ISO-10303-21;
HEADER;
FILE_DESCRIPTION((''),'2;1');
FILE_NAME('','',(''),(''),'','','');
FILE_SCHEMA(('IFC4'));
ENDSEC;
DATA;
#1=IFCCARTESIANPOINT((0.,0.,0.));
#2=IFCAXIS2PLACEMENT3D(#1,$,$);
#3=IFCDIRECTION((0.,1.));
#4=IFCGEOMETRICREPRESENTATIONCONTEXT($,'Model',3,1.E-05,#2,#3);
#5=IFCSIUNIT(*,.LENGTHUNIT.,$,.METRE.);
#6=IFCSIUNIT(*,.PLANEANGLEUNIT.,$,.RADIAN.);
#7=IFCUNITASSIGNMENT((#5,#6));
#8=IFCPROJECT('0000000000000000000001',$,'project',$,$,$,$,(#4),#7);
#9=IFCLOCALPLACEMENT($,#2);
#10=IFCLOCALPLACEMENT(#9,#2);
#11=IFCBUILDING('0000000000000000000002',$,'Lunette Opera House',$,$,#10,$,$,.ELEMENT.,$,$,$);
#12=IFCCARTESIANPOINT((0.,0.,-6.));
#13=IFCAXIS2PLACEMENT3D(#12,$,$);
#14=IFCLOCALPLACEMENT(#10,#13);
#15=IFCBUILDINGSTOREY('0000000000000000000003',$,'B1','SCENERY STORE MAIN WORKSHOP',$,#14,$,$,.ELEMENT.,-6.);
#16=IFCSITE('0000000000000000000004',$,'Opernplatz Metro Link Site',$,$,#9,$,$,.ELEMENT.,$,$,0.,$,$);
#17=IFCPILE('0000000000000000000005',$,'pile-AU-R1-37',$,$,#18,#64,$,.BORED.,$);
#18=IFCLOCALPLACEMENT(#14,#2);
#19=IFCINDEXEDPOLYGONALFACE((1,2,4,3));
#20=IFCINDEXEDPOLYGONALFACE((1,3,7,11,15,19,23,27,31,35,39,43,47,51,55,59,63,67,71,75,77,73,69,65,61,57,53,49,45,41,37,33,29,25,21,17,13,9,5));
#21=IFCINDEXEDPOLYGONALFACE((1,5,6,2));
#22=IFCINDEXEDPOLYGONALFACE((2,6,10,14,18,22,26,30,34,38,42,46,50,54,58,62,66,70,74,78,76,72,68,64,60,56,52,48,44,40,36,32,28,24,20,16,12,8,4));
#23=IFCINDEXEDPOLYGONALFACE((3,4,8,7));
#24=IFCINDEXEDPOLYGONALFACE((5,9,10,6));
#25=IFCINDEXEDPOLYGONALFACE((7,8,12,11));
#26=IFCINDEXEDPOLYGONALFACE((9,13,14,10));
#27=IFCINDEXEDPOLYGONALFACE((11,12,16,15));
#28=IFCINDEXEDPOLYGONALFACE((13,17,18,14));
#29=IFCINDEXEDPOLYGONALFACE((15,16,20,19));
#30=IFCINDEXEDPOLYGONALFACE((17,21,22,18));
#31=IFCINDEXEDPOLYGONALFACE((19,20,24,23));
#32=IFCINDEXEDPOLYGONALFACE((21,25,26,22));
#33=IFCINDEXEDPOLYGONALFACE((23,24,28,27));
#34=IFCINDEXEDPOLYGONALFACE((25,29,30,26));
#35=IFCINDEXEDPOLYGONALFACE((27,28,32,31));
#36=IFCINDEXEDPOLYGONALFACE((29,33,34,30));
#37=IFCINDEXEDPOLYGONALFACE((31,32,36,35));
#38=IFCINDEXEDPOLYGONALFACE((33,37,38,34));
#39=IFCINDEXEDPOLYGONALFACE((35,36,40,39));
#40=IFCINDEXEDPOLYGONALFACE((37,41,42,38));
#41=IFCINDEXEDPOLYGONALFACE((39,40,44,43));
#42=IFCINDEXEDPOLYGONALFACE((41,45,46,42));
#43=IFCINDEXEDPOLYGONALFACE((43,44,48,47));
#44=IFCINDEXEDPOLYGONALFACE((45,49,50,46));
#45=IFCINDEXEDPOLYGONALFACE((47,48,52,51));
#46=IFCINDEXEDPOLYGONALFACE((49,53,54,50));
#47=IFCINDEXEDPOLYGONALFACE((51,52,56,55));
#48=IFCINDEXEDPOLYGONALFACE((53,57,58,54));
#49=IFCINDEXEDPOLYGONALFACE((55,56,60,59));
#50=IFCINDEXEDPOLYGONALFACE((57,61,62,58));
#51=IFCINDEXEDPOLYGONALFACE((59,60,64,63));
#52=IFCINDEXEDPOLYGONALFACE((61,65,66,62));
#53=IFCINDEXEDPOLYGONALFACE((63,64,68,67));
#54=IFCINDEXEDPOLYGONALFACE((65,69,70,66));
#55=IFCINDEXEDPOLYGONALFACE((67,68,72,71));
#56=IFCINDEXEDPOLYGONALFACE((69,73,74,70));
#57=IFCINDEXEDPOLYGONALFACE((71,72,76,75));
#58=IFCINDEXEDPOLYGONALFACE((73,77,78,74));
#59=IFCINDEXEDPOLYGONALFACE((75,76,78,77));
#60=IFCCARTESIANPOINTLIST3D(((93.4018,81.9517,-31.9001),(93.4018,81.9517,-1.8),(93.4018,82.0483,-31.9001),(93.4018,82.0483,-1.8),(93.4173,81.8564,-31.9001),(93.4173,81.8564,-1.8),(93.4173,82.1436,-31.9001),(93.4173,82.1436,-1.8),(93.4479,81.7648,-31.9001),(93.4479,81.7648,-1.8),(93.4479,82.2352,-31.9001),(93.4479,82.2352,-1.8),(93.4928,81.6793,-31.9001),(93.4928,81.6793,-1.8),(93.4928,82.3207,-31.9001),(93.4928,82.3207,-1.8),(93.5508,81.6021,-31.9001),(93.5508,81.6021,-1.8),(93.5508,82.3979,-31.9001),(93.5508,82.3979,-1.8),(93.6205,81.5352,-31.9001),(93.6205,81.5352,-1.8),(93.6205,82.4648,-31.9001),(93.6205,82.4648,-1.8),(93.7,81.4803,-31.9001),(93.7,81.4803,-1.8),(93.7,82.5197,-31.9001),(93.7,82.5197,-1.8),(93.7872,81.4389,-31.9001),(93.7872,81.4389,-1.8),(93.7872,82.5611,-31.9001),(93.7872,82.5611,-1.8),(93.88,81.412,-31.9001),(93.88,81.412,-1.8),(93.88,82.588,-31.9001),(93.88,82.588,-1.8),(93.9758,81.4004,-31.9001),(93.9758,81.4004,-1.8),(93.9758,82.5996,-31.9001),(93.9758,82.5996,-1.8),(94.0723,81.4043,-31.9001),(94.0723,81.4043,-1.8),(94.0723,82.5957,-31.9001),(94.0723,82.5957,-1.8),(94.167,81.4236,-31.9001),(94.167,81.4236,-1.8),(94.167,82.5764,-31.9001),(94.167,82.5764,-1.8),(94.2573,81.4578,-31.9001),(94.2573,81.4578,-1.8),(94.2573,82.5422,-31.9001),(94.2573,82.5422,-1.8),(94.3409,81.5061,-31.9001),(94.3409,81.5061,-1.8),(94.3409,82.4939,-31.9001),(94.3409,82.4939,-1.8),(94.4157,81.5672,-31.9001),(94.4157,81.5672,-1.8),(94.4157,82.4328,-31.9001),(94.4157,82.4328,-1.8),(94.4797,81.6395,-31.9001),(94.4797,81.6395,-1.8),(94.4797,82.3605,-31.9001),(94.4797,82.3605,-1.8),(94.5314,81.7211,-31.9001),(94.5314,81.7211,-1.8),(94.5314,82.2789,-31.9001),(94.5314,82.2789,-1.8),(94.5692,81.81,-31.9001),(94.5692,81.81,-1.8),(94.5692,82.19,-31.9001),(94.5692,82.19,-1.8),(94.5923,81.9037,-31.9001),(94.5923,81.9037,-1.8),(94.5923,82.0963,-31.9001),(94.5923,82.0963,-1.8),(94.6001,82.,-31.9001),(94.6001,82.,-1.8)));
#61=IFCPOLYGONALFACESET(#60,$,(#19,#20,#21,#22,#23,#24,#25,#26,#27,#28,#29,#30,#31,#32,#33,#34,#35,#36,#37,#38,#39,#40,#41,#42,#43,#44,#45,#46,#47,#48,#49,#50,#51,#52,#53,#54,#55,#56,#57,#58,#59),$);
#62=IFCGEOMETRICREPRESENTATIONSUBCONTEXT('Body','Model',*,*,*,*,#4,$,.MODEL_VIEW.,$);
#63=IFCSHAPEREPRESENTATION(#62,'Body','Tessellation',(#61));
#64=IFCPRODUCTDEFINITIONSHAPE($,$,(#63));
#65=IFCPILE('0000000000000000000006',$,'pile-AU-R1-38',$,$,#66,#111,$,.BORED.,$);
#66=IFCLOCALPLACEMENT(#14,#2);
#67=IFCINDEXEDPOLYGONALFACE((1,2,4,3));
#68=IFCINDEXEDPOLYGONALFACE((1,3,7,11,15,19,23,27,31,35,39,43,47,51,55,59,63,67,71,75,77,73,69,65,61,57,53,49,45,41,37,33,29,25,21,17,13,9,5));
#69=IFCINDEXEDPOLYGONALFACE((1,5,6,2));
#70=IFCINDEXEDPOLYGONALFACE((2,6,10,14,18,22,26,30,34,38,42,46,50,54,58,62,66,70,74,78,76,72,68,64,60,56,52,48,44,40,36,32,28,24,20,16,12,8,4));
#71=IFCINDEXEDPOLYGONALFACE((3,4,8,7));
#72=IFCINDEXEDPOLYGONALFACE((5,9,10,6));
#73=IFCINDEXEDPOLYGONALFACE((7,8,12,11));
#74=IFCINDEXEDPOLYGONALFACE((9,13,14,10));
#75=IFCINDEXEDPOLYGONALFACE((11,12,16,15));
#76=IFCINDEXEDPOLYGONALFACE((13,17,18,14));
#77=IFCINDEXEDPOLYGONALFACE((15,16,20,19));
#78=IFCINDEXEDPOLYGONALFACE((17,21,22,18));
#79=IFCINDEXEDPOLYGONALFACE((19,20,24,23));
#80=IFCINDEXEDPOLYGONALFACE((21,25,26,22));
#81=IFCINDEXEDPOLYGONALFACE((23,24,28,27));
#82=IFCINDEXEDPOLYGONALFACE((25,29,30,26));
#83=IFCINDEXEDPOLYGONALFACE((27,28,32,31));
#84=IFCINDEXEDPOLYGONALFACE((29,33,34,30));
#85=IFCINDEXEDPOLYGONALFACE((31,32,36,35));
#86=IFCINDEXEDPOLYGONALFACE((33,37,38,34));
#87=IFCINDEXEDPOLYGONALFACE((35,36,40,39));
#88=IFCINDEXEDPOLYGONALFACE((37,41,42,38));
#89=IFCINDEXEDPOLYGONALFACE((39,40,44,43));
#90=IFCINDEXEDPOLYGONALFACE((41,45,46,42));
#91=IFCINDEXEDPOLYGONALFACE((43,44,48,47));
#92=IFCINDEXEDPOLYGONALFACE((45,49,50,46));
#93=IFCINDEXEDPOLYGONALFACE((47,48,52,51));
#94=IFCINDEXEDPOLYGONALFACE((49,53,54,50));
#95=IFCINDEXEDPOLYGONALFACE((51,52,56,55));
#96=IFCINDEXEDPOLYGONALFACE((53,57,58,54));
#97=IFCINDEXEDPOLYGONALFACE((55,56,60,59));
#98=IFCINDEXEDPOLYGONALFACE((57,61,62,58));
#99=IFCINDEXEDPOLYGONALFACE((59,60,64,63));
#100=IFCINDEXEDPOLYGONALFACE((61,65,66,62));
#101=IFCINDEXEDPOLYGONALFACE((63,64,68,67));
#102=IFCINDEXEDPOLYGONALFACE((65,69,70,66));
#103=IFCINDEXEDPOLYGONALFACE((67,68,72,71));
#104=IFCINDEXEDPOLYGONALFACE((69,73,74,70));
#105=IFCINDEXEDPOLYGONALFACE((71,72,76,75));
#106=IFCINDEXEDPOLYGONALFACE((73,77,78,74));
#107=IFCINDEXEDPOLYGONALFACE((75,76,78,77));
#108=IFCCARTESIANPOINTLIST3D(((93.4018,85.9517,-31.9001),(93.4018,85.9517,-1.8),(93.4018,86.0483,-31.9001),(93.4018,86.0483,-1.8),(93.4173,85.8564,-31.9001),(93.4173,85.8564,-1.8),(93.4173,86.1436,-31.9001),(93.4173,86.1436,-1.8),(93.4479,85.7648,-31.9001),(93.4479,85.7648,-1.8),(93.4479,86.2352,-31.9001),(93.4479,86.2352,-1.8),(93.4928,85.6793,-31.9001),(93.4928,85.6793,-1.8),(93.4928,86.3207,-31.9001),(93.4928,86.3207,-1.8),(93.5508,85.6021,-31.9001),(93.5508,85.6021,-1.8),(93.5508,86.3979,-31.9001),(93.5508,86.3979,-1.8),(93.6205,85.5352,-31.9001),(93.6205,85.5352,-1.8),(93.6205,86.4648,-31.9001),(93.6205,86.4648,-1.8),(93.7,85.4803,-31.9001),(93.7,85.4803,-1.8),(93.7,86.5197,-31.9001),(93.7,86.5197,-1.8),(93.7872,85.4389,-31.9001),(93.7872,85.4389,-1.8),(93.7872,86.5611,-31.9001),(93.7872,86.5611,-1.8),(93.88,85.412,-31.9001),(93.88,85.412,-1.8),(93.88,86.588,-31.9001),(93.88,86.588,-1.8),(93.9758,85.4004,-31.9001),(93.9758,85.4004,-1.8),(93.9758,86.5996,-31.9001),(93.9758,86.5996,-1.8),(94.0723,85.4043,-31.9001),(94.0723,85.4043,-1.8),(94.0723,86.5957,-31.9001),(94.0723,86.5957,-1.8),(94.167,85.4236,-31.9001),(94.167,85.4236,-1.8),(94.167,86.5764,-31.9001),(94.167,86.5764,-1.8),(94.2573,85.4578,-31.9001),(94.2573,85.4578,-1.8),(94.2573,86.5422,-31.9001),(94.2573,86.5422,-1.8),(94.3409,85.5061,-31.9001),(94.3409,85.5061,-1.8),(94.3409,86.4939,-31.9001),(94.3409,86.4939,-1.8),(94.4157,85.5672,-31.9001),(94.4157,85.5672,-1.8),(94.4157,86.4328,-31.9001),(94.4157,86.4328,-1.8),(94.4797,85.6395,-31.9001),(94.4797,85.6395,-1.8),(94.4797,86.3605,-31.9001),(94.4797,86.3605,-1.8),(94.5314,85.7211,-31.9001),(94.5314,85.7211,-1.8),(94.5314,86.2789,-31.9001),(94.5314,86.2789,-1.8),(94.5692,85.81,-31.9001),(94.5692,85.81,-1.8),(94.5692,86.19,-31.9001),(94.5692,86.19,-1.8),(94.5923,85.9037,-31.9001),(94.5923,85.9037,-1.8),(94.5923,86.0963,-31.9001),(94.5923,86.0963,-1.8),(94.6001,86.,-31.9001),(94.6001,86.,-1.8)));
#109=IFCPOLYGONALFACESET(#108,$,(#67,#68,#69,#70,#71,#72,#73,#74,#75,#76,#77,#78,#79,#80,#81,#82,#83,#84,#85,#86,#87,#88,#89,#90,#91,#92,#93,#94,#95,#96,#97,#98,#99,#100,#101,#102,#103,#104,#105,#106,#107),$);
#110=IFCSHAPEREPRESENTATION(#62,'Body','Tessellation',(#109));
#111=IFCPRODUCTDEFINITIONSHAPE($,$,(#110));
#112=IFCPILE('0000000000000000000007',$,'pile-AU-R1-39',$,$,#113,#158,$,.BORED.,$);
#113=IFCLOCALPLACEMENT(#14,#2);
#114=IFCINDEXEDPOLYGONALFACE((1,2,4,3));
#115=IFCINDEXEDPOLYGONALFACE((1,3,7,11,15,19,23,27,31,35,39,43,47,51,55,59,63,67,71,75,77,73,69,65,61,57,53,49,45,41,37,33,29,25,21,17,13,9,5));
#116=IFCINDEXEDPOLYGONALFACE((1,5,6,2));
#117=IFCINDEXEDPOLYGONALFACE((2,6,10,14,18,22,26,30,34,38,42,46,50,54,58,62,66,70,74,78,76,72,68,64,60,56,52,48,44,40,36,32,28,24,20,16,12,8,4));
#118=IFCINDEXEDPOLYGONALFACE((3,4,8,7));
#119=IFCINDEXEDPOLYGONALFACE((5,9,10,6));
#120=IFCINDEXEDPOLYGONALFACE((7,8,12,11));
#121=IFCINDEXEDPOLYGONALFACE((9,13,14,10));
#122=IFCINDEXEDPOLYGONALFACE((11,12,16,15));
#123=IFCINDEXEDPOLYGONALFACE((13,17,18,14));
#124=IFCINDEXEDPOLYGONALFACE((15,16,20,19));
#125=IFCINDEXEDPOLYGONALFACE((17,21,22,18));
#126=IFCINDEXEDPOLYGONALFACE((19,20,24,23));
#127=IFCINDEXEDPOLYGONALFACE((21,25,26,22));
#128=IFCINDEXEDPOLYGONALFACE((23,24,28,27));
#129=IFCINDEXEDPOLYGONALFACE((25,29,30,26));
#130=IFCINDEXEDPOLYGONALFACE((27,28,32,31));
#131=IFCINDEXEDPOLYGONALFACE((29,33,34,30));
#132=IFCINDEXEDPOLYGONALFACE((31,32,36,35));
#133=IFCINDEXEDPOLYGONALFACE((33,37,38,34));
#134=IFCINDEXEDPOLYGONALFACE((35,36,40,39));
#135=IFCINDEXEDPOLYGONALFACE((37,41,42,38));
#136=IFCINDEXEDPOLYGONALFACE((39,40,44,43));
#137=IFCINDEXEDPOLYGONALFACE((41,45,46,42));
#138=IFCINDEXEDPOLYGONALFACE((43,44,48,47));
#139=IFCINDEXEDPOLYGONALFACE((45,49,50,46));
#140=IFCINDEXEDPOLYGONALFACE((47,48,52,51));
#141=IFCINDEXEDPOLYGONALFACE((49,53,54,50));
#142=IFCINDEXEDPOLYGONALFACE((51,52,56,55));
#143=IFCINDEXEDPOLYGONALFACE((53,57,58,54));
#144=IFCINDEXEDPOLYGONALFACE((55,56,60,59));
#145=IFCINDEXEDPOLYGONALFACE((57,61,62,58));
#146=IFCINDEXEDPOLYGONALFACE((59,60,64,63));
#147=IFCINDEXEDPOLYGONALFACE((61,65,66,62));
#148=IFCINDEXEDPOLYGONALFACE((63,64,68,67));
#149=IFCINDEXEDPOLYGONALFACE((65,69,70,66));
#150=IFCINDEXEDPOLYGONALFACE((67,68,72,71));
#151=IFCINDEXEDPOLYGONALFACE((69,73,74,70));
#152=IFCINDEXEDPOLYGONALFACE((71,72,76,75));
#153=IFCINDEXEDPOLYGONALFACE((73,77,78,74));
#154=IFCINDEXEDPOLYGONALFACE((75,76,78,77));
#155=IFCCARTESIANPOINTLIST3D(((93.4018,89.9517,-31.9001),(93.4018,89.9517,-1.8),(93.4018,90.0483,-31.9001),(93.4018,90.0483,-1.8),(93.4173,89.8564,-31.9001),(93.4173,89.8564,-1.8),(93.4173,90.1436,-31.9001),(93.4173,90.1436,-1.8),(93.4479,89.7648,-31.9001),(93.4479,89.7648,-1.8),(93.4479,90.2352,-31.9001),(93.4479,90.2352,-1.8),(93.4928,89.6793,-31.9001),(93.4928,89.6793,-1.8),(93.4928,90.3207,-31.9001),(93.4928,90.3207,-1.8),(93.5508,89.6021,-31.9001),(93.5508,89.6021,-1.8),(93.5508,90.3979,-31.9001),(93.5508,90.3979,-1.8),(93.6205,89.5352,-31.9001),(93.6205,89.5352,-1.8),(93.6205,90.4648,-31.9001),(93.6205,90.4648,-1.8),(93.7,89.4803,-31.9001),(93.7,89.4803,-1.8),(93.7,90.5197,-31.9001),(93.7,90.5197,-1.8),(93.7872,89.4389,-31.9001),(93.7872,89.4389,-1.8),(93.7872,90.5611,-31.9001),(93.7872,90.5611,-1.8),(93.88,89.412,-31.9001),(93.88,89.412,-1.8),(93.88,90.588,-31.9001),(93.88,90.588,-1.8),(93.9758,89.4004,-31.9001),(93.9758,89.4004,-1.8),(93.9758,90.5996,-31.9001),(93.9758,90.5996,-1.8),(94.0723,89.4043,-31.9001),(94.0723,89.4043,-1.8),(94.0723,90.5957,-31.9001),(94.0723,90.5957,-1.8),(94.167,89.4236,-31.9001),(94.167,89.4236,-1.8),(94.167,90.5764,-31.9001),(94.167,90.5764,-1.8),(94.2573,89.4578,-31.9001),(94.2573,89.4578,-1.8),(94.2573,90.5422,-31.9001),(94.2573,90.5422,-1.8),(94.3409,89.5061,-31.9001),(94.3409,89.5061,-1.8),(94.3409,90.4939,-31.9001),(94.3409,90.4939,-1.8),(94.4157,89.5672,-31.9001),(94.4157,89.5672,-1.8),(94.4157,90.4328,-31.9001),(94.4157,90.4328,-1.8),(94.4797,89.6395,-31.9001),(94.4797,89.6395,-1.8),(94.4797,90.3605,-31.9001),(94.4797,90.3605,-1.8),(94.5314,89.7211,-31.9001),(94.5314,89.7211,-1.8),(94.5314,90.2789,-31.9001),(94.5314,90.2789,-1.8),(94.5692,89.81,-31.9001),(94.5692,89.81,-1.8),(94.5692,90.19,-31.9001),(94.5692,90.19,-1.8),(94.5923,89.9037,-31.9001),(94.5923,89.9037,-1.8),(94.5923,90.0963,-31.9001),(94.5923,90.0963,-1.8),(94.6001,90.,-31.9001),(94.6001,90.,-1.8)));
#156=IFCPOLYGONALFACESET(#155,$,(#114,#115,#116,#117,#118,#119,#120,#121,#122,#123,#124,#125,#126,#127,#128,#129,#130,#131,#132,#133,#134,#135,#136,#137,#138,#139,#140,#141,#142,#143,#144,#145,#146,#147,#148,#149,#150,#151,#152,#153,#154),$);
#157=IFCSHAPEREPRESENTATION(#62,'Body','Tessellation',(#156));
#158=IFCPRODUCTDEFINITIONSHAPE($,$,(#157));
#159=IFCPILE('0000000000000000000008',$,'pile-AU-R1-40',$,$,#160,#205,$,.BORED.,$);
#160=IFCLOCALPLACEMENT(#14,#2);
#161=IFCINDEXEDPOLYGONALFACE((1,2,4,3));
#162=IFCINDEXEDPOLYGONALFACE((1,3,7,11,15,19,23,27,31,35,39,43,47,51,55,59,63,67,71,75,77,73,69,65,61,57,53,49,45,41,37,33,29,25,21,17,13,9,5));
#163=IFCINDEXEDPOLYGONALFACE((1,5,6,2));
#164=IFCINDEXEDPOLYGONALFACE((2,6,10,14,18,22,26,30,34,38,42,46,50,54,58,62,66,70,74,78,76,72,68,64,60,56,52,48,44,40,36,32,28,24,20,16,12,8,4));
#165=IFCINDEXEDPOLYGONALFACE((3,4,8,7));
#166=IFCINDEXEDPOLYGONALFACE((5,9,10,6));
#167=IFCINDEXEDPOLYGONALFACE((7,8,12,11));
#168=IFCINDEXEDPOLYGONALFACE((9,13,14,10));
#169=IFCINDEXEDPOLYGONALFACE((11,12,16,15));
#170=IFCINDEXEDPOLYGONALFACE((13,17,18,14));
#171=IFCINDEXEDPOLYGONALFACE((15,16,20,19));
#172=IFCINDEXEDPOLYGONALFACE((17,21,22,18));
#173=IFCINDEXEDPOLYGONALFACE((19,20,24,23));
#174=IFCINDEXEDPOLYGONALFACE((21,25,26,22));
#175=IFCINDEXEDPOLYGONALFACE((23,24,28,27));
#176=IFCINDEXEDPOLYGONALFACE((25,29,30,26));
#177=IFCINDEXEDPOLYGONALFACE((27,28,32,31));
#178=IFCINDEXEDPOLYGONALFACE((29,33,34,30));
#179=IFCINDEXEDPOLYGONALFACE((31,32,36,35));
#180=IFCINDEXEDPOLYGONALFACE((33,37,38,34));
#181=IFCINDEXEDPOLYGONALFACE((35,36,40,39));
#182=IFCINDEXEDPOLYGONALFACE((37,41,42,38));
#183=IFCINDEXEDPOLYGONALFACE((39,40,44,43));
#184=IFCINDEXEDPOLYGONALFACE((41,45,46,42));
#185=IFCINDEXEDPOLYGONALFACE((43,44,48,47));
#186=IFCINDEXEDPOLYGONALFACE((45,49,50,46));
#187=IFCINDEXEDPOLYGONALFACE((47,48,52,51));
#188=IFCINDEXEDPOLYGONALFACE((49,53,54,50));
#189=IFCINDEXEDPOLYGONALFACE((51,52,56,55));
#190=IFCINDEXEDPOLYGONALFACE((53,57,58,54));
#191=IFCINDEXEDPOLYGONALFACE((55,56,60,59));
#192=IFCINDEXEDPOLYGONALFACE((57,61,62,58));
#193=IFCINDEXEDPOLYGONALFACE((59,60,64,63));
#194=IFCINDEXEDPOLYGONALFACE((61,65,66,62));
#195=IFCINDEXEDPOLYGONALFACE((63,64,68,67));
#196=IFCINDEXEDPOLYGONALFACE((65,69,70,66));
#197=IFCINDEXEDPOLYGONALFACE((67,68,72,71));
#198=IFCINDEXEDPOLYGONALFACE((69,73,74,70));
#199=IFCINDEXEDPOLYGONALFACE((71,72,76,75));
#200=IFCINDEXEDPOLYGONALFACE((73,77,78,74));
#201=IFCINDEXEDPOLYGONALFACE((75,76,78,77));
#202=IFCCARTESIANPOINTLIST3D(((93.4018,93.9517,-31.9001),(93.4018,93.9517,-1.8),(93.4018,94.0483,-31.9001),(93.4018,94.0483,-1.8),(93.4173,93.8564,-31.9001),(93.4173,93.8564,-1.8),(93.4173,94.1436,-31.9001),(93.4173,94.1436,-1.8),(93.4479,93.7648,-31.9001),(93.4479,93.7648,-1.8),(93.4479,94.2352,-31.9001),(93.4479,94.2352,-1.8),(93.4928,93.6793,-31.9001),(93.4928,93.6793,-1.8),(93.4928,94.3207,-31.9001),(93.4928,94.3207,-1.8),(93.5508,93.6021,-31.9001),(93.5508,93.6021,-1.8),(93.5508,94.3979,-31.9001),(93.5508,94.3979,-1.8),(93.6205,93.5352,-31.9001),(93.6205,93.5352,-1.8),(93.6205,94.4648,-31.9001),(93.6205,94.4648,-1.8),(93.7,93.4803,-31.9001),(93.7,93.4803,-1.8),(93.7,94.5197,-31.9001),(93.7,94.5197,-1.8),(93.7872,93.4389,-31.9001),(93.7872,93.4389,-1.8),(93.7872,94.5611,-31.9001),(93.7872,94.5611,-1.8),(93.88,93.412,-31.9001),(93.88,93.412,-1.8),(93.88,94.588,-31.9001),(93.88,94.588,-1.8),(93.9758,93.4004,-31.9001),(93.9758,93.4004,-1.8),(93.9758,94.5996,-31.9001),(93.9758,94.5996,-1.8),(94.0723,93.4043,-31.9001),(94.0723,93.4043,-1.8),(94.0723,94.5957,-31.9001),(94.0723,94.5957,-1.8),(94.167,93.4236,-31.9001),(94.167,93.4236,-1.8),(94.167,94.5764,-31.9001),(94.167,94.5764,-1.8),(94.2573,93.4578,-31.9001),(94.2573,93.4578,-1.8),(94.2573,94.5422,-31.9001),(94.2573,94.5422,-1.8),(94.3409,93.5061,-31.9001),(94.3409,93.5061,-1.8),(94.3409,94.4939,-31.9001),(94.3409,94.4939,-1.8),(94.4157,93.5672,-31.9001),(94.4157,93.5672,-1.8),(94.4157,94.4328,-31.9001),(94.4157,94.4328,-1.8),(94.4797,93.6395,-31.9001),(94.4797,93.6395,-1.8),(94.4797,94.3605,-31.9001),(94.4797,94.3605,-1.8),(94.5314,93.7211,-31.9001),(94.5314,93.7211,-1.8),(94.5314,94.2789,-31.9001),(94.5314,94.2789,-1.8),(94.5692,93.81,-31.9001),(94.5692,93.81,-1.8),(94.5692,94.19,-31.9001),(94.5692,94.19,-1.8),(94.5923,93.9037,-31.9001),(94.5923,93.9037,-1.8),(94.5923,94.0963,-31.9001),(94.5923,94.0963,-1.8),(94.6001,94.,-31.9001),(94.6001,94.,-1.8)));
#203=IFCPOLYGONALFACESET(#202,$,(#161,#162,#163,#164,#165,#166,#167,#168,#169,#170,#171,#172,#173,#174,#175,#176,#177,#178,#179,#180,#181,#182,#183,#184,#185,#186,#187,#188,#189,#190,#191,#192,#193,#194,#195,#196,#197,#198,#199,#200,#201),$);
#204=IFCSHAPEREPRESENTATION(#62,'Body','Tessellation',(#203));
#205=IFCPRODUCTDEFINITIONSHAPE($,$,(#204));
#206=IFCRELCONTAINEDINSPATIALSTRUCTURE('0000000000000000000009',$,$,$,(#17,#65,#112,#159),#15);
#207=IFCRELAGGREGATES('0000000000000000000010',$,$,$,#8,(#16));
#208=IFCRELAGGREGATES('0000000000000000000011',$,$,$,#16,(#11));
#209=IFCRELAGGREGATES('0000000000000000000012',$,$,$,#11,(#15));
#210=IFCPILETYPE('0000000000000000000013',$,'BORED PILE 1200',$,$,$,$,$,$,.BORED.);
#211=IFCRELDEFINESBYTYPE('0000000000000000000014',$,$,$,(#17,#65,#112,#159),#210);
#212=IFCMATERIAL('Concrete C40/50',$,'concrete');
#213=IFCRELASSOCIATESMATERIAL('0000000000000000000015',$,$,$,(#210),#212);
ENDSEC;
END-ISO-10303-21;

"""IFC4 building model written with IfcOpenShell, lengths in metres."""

from ifc_helpers import new_model, si_unit, direction, frame, origin, origin_2d, place, context, subcontext, project, spatial, circle, extrude, material, material_profile, profile_set, type_object, element, save


model = new_model("IFC4")

# Units and contexts
model_context = context("Model", 3, precision=1e-05, world=origin(), true_north=direction((0.0, 1.0)))
body_context = subcontext(model_context, "Body", "Model", "MODEL_VIEW")
ifc_project = project(units=[si_unit("LENGTHUNIT", "METRE"), si_unit("PLANEANGLEUNIT", "RADIAN")], contexts=[model_context])

# Site, building, storey
site_placement = place(None, origin())
site = spatial("IfcSite", under=ifc_project, at=site_placement, Name="Opernplatz Metro Link Site", CompositionType="ELEMENT", RefElevation=0.0)
building_placement = place(site_placement, origin())
building = spatial("IfcBuilding", under=site, at=building_placement, Name="Lunette Opera House", CompositionType="ELEMENT")
storey_placement = place(building_placement, frame((0.0, 0.0, -6.0)))
storey = spatial("IfcBuildingStorey", under=building, at=storey_placement, Name="B1", Description="SCENERY STORE MAIN WORKSHOP", CompositionType="ELEMENT", Elevation=-6.0)

# Piles
ifc_material_1 = material(Name="Concrete C40/50", Category="concrete")
ifc_material_profile_1 = material_profile(ifc_material_1, circle(Radius=0.6001, at=origin_2d()), Name="BORED PILE 1200")
ifc_profile_set_1 = profile_set([ifc_material_profile_1], Name="Concrete C40/50")
pile_type = type_object("IfcPileType", Name="BORED PILE 1200", PredefinedType="BORED", material=ifc_profile_set_1)
for number, where, z_axis, x_axis, name in (
    (1, (94.0, 82.0, -1.8), (0.0, 0.0, -1.0), (1.0, 0.0, 0.0), "pile-AU-R1-37"),
    (2, (94.0, 86.0, -1.8), (0.0, 0.0, -1.0), (1.0, 0.0, 0.0), "pile-AU-R1-38"),
    (3, (94.0, 90.0, -1.8), (0.0, 0.0, -1.0), (1.0, 0.0, 0.0), "pile-AU-R1-39"),
    (4, (94.0, 94.0, -1.8), (0.0, 0.0, -1.0), (1.0, 0.0, 0.0), "pile-AU-R1-40"),
):
    element("IfcPile", number, at=place(storey_placement, frame(where, z_axis=z_axis, x_axis=x_axis)), inside=storey, type_object=pile_type, Name=name, PredefinedType="BORED", context=body_context, shape_type="SweptSolid", body=[
        extrude(circle(Radius=0.6001, at=origin_2d()), origin(), (0.0, 0.0, 1.0), 30.1001),
    ])

save(model, "model.ifc")
